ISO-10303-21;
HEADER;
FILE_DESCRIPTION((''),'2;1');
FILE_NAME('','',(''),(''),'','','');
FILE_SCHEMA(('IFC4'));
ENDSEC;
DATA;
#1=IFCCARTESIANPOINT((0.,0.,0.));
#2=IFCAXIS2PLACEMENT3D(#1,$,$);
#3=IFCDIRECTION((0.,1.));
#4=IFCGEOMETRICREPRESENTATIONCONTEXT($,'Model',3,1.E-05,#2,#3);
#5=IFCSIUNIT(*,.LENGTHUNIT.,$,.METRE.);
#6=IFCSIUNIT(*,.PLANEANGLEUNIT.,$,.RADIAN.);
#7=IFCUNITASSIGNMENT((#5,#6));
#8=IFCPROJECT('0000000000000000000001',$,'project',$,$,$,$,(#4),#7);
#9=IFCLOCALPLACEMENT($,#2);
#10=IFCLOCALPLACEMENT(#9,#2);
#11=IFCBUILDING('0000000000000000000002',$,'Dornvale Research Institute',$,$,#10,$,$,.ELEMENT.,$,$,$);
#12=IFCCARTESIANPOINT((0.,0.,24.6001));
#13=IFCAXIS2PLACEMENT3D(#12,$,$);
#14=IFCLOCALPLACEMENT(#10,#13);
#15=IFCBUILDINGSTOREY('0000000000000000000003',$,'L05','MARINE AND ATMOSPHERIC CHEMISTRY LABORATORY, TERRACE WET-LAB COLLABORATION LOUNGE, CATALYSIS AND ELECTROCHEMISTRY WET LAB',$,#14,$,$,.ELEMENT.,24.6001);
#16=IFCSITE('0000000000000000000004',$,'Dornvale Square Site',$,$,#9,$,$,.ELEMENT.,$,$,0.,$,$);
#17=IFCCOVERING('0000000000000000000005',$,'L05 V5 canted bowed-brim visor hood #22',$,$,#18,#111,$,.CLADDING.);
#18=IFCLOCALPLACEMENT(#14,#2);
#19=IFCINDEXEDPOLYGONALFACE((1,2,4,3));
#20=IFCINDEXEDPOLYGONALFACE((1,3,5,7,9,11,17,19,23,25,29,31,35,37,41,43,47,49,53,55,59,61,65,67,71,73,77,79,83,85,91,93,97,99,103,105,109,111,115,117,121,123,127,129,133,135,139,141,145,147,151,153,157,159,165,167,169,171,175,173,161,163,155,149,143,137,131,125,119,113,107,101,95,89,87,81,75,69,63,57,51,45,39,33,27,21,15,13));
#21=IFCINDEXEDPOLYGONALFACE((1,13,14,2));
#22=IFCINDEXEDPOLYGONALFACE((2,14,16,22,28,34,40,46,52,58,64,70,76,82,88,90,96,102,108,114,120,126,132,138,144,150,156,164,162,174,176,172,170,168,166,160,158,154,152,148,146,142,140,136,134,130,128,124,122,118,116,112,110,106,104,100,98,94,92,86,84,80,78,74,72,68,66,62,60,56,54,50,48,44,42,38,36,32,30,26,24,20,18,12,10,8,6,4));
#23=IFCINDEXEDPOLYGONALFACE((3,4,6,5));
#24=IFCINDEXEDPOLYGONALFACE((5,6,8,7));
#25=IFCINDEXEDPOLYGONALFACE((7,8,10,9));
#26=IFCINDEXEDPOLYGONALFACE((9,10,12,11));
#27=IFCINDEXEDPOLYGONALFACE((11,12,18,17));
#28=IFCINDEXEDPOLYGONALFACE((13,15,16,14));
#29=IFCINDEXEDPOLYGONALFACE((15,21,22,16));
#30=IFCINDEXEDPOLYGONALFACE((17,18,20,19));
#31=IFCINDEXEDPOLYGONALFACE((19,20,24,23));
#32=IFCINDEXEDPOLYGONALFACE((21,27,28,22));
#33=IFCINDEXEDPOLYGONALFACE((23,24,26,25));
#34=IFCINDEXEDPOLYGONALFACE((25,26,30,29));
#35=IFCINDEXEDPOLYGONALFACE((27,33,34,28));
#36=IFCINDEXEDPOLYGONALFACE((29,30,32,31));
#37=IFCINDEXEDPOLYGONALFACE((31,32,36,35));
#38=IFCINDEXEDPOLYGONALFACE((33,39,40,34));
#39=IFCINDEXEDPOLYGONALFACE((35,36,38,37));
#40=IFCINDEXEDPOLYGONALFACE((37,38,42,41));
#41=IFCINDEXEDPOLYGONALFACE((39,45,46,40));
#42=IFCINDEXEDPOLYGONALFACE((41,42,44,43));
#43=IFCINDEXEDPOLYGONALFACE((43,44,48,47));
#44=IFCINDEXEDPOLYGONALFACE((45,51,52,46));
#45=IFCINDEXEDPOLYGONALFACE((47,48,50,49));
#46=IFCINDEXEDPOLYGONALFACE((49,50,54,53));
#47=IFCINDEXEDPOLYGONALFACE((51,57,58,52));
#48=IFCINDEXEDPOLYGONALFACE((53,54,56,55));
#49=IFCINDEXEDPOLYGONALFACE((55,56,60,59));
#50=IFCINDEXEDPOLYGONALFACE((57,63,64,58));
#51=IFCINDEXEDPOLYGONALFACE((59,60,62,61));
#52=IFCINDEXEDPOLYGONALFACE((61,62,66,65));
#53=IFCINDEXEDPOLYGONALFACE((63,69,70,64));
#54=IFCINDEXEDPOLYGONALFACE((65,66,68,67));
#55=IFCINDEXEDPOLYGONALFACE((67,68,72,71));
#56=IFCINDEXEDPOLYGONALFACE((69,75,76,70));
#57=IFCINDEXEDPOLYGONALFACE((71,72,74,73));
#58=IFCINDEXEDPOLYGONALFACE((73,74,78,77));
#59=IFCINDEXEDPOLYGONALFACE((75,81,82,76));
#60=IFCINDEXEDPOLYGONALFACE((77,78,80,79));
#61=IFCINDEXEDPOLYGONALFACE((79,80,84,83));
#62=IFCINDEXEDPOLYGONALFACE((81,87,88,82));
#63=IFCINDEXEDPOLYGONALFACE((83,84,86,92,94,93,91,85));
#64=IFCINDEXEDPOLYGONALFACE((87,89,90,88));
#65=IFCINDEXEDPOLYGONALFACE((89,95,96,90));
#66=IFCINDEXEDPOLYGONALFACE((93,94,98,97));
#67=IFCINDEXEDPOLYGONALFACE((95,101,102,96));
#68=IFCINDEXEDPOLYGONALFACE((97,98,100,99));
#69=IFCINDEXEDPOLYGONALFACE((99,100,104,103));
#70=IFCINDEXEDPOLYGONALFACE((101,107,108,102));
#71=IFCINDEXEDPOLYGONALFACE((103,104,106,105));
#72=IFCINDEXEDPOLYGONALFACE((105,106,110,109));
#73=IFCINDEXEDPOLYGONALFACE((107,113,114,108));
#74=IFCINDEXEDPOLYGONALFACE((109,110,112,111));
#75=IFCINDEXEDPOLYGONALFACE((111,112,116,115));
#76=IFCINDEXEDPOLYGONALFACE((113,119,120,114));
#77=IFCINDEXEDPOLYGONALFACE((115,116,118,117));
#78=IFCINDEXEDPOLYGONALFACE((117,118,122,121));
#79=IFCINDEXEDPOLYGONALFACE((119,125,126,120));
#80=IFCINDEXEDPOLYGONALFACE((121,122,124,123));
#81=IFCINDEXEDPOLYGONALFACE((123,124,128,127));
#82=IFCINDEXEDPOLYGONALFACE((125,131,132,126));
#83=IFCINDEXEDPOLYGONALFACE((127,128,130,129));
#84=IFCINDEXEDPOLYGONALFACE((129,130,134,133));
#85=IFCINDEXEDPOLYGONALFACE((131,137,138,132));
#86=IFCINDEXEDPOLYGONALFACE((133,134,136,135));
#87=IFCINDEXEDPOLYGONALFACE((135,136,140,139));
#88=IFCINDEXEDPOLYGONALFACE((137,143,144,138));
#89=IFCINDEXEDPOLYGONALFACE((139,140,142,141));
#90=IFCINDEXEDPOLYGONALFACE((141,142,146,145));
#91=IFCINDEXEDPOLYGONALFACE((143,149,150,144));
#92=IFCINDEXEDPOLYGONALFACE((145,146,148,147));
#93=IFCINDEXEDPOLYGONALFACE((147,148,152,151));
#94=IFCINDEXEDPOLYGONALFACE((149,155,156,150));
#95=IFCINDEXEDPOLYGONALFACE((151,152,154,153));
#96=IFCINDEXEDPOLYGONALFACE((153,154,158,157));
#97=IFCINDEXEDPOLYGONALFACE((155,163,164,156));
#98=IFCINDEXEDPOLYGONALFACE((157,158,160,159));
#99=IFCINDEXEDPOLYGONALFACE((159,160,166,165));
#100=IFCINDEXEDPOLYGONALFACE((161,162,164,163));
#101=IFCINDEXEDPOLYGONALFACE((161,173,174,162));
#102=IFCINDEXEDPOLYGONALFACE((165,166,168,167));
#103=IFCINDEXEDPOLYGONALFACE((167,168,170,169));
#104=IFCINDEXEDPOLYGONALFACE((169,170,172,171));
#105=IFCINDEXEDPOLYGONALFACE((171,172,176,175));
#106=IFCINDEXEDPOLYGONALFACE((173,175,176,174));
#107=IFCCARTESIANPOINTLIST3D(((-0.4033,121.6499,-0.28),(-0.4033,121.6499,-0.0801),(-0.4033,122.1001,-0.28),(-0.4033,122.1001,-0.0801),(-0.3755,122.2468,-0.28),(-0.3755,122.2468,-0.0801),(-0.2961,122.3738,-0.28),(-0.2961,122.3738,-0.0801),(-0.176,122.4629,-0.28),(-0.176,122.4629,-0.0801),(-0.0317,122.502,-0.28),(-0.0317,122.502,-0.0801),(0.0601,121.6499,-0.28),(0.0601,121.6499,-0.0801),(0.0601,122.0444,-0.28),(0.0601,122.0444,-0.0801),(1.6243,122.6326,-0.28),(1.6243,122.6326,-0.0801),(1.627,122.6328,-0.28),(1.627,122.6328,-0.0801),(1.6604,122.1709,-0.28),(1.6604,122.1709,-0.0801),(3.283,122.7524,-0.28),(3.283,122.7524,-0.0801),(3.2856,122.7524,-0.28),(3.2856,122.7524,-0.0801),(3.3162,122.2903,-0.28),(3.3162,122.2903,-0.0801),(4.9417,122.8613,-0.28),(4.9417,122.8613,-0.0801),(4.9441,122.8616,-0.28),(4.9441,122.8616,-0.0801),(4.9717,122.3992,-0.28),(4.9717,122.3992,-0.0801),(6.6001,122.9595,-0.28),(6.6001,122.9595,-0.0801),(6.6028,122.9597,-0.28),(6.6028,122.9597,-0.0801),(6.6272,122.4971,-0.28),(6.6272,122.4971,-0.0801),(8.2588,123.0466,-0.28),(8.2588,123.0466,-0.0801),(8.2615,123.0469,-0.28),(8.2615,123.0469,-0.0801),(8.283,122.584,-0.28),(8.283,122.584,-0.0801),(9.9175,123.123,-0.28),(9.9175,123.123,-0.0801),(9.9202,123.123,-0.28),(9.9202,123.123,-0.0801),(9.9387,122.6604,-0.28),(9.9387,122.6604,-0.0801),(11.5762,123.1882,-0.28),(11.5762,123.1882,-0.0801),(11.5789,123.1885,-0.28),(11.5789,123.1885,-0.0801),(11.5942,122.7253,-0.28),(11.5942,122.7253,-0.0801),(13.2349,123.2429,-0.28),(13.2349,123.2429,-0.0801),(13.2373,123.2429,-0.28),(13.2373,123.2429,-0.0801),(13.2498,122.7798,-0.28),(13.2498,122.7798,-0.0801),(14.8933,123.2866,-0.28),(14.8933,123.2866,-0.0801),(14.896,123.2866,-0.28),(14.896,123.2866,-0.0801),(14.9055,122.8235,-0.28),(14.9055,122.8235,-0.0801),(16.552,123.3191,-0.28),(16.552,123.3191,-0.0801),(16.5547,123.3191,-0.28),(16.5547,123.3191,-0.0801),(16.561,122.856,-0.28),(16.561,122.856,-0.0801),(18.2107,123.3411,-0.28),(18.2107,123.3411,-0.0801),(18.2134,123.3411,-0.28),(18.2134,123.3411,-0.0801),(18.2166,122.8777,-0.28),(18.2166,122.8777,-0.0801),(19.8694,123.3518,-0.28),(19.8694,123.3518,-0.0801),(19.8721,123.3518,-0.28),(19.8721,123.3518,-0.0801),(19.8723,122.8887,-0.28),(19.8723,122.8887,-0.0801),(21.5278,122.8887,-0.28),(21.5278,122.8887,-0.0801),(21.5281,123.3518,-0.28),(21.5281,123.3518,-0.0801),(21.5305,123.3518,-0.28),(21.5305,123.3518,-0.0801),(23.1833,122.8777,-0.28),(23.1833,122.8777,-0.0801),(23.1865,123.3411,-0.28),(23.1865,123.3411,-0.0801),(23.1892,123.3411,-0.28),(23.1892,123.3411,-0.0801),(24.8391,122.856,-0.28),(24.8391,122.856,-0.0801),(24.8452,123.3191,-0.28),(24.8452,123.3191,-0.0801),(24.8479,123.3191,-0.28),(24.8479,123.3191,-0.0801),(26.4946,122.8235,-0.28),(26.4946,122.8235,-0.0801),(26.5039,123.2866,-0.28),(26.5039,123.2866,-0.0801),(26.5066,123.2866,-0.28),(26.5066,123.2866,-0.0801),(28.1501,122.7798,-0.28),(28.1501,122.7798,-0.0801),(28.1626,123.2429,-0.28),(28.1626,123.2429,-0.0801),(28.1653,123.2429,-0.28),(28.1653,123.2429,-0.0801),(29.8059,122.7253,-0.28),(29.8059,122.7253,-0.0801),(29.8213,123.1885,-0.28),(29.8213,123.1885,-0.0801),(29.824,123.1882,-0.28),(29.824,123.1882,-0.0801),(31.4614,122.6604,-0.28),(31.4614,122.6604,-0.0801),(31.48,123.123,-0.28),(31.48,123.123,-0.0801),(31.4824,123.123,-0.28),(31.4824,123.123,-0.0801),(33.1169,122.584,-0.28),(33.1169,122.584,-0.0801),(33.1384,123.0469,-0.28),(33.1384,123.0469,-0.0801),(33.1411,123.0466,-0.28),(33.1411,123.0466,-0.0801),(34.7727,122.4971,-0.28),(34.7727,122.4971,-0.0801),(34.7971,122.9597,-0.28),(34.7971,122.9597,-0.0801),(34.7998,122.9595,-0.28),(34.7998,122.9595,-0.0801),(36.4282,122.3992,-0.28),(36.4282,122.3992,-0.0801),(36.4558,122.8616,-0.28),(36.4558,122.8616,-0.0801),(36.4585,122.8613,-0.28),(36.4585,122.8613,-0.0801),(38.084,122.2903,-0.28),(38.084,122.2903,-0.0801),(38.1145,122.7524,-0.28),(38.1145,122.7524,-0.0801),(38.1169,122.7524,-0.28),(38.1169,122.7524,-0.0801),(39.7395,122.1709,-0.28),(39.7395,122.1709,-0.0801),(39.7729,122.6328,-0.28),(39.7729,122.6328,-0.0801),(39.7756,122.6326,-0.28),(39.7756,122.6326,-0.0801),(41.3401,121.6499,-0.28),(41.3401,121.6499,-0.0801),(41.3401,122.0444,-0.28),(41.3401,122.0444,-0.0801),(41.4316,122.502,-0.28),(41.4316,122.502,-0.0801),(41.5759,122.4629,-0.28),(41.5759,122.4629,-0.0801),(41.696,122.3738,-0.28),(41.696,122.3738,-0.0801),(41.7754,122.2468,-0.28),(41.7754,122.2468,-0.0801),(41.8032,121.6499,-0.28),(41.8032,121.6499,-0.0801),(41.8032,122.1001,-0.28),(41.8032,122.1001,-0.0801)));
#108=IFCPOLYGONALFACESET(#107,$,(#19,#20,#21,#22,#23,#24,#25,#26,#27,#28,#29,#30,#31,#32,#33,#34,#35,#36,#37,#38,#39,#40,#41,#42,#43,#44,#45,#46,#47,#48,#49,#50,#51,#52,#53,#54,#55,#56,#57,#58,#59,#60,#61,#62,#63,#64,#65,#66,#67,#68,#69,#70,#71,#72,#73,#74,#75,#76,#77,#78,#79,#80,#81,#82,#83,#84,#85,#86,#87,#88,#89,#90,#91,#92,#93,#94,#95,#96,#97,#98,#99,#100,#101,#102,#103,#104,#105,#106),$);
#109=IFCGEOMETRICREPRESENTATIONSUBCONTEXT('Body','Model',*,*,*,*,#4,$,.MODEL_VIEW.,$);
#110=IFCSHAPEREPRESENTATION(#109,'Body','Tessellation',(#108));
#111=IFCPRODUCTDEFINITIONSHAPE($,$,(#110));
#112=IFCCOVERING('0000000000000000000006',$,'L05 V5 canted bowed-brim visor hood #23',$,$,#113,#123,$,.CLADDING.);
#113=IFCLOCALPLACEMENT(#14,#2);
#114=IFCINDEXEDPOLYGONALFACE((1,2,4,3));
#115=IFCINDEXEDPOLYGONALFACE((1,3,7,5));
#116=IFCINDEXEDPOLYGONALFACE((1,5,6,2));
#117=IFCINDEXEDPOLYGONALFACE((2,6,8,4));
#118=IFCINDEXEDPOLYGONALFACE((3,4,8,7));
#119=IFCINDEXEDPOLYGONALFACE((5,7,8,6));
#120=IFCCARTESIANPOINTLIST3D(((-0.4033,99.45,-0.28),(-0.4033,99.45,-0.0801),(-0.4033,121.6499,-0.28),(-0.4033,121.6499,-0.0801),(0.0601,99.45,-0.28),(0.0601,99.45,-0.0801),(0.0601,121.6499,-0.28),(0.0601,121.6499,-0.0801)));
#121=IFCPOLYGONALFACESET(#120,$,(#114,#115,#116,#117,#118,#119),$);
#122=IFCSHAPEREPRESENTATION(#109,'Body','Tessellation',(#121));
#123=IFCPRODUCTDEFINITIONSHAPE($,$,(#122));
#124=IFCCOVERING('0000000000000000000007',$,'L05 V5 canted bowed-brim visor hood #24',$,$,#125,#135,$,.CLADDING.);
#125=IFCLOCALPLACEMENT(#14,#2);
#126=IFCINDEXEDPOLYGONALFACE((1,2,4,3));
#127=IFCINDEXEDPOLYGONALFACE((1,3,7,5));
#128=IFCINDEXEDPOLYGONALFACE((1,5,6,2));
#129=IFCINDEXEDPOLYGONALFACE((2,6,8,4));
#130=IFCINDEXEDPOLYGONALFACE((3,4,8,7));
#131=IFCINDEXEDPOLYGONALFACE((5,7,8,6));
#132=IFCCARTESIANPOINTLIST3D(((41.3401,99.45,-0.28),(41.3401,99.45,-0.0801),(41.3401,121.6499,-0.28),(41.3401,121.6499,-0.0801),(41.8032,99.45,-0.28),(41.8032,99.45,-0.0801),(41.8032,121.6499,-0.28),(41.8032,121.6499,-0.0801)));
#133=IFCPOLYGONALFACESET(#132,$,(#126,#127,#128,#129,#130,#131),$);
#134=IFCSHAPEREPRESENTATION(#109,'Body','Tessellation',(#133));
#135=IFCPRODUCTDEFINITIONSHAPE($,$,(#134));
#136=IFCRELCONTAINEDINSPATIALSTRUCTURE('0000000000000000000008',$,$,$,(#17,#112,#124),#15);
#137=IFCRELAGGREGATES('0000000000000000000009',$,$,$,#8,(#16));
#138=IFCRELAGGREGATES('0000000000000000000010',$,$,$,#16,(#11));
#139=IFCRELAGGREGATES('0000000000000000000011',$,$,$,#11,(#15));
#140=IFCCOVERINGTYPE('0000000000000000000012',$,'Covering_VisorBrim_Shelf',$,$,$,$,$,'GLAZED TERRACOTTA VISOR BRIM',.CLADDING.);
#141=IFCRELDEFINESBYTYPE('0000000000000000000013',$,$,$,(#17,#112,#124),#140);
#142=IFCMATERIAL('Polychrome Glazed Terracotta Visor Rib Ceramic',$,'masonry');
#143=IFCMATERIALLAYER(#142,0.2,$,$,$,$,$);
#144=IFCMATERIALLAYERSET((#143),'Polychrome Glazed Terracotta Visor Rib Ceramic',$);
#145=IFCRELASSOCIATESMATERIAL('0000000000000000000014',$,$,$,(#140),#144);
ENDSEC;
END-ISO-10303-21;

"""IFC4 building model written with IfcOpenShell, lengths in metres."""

from ifc_helpers import new_model, si_unit, direction, frame, origin, place, context, subcontext, project, spatial, polyline, outline, extrude, material, layer, layer_set, type_object, element, save


model = new_model("IFC4")

# Units and contexts
model_context = context("Model", 3, precision=1e-05, world=origin(), true_north=direction((0.0, 1.0)))
body_context = subcontext(model_context, "Body", "Model", "MODEL_VIEW")
ifc_project = project(units=[si_unit("LENGTHUNIT", "METRE"), si_unit("PLANEANGLEUNIT", "RADIAN")], contexts=[model_context])

# Site, building, storey
site_placement = place(None, origin())
site = spatial("IfcSite", under=ifc_project, at=site_placement, Name="Dornvale Square Site", CompositionType="ELEMENT", RefElevation=0.0)
building_placement = place(site_placement, origin())
building = spatial("IfcBuilding", under=site, at=building_placement, Name="Dornvale Research Institute", CompositionType="ELEMENT")
storey_placement = place(building_placement, frame((0.0, 0.0, 24.6001)))
storey = spatial("IfcBuildingStorey", under=building, at=storey_placement, Name="L05", Description="MARINE AND ATMOSPHERIC CHEMISTRY LABORATORY, TERRACE WET-LAB COLLABORATION LOUNGE, CATALYSIS AND ELECTROCHEMISTRY WET LAB", CompositionType="ELEMENT", Elevation=24.6001)

# Coverings
ifc_material_1 = material(Name="Polychrome Glazed Terracotta Visor Rib Ceramic", Category="masonry")
ifc_layer_1 = layer(ifc_material_1, 0.2)
ifc_layer_set_1 = layer_set([ifc_layer_1], Name="Polychrome Glazed Terracotta Visor Rib Ceramic")
covering_type_1 = type_object("IfcCoveringType", Name="Covering_VisorBrim_Shelf", ElementType="GLAZED TERRACOTTA VISOR BRIM", PredefinedType="CLADDING", material=ifc_layer_set_1)
covering_1_placement = place(storey_placement, frame((0.0, 0.0, -0.28)))
element("IfcCovering", 1, at=covering_1_placement, inside=storey, type_object=covering_type_1, Name="L05 V5 canted bowed-brim visor hood #22", PredefinedType="CLADDING", context=body_context, shape_type="SweptSolid", body=[
    extrude(outline(polyline([(-0.3755, 122.2468), (-0.2961, 122.3738), (-0.176, 122.4629), (-0.0317, 122.502), (1.6243, 122.6326), (1.627, 122.6328), (3.283, 122.7524), (3.2856, 122.7524), (4.9417, 122.8613), (4.9441, 122.8616), (6.6001, 122.9595), (6.6028, 122.9597), (8.2588, 123.0466), (8.2615, 123.0469), (9.9175, 123.123), (9.9202, 123.123), (11.5762, 123.1882), (11.5789, 123.1885), (13.2349, 123.2429), (13.2373, 123.2429), (14.8933, 123.2866), (14.896, 123.2866), (16.552, 123.3191), (16.5547, 123.3191), (18.2107, 123.3411), (18.2134, 123.3411), (19.8694, 123.3518), (19.8721, 123.3518), (21.5281, 123.3518), (21.5305, 123.3518), (23.1865, 123.3411), (23.1892, 123.3411), (24.8452, 123.3191), (24.8479, 123.3191), (26.5039, 123.2866), (26.5066, 123.2866), (28.1626, 123.2429), (28.1653, 123.2429), (29.8213, 123.1885), (29.824, 123.1882), (31.48, 123.123), (31.4824, 123.123), (33.1384, 123.0469), (33.1411, 123.0466), (34.7971, 122.9597), (34.7998, 122.9595), (36.4558, 122.8616), (36.4585, 122.8613), (38.1145, 122.7524), (38.1169, 122.7524), (39.7729, 122.6328), (39.7756, 122.6326), (41.4316, 122.502), (41.5759, 122.4629), (41.696, 122.3738), (41.7754, 122.2468), (41.8032, 122.1001), (41.8032, 121.6499), (41.3401, 121.6499), (41.3401, 122.0444), (39.7395, 122.1709), (38.084, 122.2903), (36.4282, 122.3992), (34.7727, 122.4971), (33.1169, 122.584), (31.4614, 122.6604), (29.8059, 122.7253), (28.1501, 122.7798), (26.4946, 122.8235), (24.8391, 122.856), (23.1833, 122.8777), (21.5278, 122.8887), (19.8723, 122.8887), (18.2166, 122.8777), (16.561, 122.856), (14.9055, 122.8235), (13.2498, 122.7798), (11.5942, 122.7253), (9.9387, 122.6604), (8.283, 122.584), (6.6272, 122.4971), (4.9717, 122.3992), (3.3162, 122.2903), (1.6604, 122.1709), (0.0601, 122.0444), (0.0601, 121.6499), (-0.4033, 121.6499), (-0.4033, 122.1001), (-0.3755, 122.2468)])), origin(), (0.0, 0.0, 1.0), 0.2),
])
covering_2_placement = place(storey_placement, frame((0.0, 0.0, -0.28)))
element("IfcCovering", 2, at=covering_2_placement, inside=storey, type_object=covering_type_1, Name="L05 V5 canted bowed-brim visor hood #23", PredefinedType="CLADDING", context=body_context, shape_type="SweptSolid", body=[
    extrude(outline(polyline([(-0.4033, 121.6499), (0.0601, 121.6499), (0.0601, 99.45), (-0.4033, 99.45), (-0.4033, 121.6499)])), origin(), (0.0, 0.0, 1.0), 0.2),
])
covering_3_placement = place(storey_placement, frame((0.0, 0.0, -0.28)))
element("IfcCovering", 3, at=covering_3_placement, inside=storey, type_object=covering_type_1, Name="L05 V5 canted bowed-brim visor hood #24", PredefinedType="CLADDING", context=body_context, shape_type="SweptSolid", body=[
    extrude(outline(polyline([(41.8032, 99.45), (41.3401, 99.45), (41.3401, 121.6499), (41.8032, 121.6499), (41.8032, 99.45)])), origin(), (0.0, 0.0, 1.0), 0.2),
])

save(model, "model.ifc")
